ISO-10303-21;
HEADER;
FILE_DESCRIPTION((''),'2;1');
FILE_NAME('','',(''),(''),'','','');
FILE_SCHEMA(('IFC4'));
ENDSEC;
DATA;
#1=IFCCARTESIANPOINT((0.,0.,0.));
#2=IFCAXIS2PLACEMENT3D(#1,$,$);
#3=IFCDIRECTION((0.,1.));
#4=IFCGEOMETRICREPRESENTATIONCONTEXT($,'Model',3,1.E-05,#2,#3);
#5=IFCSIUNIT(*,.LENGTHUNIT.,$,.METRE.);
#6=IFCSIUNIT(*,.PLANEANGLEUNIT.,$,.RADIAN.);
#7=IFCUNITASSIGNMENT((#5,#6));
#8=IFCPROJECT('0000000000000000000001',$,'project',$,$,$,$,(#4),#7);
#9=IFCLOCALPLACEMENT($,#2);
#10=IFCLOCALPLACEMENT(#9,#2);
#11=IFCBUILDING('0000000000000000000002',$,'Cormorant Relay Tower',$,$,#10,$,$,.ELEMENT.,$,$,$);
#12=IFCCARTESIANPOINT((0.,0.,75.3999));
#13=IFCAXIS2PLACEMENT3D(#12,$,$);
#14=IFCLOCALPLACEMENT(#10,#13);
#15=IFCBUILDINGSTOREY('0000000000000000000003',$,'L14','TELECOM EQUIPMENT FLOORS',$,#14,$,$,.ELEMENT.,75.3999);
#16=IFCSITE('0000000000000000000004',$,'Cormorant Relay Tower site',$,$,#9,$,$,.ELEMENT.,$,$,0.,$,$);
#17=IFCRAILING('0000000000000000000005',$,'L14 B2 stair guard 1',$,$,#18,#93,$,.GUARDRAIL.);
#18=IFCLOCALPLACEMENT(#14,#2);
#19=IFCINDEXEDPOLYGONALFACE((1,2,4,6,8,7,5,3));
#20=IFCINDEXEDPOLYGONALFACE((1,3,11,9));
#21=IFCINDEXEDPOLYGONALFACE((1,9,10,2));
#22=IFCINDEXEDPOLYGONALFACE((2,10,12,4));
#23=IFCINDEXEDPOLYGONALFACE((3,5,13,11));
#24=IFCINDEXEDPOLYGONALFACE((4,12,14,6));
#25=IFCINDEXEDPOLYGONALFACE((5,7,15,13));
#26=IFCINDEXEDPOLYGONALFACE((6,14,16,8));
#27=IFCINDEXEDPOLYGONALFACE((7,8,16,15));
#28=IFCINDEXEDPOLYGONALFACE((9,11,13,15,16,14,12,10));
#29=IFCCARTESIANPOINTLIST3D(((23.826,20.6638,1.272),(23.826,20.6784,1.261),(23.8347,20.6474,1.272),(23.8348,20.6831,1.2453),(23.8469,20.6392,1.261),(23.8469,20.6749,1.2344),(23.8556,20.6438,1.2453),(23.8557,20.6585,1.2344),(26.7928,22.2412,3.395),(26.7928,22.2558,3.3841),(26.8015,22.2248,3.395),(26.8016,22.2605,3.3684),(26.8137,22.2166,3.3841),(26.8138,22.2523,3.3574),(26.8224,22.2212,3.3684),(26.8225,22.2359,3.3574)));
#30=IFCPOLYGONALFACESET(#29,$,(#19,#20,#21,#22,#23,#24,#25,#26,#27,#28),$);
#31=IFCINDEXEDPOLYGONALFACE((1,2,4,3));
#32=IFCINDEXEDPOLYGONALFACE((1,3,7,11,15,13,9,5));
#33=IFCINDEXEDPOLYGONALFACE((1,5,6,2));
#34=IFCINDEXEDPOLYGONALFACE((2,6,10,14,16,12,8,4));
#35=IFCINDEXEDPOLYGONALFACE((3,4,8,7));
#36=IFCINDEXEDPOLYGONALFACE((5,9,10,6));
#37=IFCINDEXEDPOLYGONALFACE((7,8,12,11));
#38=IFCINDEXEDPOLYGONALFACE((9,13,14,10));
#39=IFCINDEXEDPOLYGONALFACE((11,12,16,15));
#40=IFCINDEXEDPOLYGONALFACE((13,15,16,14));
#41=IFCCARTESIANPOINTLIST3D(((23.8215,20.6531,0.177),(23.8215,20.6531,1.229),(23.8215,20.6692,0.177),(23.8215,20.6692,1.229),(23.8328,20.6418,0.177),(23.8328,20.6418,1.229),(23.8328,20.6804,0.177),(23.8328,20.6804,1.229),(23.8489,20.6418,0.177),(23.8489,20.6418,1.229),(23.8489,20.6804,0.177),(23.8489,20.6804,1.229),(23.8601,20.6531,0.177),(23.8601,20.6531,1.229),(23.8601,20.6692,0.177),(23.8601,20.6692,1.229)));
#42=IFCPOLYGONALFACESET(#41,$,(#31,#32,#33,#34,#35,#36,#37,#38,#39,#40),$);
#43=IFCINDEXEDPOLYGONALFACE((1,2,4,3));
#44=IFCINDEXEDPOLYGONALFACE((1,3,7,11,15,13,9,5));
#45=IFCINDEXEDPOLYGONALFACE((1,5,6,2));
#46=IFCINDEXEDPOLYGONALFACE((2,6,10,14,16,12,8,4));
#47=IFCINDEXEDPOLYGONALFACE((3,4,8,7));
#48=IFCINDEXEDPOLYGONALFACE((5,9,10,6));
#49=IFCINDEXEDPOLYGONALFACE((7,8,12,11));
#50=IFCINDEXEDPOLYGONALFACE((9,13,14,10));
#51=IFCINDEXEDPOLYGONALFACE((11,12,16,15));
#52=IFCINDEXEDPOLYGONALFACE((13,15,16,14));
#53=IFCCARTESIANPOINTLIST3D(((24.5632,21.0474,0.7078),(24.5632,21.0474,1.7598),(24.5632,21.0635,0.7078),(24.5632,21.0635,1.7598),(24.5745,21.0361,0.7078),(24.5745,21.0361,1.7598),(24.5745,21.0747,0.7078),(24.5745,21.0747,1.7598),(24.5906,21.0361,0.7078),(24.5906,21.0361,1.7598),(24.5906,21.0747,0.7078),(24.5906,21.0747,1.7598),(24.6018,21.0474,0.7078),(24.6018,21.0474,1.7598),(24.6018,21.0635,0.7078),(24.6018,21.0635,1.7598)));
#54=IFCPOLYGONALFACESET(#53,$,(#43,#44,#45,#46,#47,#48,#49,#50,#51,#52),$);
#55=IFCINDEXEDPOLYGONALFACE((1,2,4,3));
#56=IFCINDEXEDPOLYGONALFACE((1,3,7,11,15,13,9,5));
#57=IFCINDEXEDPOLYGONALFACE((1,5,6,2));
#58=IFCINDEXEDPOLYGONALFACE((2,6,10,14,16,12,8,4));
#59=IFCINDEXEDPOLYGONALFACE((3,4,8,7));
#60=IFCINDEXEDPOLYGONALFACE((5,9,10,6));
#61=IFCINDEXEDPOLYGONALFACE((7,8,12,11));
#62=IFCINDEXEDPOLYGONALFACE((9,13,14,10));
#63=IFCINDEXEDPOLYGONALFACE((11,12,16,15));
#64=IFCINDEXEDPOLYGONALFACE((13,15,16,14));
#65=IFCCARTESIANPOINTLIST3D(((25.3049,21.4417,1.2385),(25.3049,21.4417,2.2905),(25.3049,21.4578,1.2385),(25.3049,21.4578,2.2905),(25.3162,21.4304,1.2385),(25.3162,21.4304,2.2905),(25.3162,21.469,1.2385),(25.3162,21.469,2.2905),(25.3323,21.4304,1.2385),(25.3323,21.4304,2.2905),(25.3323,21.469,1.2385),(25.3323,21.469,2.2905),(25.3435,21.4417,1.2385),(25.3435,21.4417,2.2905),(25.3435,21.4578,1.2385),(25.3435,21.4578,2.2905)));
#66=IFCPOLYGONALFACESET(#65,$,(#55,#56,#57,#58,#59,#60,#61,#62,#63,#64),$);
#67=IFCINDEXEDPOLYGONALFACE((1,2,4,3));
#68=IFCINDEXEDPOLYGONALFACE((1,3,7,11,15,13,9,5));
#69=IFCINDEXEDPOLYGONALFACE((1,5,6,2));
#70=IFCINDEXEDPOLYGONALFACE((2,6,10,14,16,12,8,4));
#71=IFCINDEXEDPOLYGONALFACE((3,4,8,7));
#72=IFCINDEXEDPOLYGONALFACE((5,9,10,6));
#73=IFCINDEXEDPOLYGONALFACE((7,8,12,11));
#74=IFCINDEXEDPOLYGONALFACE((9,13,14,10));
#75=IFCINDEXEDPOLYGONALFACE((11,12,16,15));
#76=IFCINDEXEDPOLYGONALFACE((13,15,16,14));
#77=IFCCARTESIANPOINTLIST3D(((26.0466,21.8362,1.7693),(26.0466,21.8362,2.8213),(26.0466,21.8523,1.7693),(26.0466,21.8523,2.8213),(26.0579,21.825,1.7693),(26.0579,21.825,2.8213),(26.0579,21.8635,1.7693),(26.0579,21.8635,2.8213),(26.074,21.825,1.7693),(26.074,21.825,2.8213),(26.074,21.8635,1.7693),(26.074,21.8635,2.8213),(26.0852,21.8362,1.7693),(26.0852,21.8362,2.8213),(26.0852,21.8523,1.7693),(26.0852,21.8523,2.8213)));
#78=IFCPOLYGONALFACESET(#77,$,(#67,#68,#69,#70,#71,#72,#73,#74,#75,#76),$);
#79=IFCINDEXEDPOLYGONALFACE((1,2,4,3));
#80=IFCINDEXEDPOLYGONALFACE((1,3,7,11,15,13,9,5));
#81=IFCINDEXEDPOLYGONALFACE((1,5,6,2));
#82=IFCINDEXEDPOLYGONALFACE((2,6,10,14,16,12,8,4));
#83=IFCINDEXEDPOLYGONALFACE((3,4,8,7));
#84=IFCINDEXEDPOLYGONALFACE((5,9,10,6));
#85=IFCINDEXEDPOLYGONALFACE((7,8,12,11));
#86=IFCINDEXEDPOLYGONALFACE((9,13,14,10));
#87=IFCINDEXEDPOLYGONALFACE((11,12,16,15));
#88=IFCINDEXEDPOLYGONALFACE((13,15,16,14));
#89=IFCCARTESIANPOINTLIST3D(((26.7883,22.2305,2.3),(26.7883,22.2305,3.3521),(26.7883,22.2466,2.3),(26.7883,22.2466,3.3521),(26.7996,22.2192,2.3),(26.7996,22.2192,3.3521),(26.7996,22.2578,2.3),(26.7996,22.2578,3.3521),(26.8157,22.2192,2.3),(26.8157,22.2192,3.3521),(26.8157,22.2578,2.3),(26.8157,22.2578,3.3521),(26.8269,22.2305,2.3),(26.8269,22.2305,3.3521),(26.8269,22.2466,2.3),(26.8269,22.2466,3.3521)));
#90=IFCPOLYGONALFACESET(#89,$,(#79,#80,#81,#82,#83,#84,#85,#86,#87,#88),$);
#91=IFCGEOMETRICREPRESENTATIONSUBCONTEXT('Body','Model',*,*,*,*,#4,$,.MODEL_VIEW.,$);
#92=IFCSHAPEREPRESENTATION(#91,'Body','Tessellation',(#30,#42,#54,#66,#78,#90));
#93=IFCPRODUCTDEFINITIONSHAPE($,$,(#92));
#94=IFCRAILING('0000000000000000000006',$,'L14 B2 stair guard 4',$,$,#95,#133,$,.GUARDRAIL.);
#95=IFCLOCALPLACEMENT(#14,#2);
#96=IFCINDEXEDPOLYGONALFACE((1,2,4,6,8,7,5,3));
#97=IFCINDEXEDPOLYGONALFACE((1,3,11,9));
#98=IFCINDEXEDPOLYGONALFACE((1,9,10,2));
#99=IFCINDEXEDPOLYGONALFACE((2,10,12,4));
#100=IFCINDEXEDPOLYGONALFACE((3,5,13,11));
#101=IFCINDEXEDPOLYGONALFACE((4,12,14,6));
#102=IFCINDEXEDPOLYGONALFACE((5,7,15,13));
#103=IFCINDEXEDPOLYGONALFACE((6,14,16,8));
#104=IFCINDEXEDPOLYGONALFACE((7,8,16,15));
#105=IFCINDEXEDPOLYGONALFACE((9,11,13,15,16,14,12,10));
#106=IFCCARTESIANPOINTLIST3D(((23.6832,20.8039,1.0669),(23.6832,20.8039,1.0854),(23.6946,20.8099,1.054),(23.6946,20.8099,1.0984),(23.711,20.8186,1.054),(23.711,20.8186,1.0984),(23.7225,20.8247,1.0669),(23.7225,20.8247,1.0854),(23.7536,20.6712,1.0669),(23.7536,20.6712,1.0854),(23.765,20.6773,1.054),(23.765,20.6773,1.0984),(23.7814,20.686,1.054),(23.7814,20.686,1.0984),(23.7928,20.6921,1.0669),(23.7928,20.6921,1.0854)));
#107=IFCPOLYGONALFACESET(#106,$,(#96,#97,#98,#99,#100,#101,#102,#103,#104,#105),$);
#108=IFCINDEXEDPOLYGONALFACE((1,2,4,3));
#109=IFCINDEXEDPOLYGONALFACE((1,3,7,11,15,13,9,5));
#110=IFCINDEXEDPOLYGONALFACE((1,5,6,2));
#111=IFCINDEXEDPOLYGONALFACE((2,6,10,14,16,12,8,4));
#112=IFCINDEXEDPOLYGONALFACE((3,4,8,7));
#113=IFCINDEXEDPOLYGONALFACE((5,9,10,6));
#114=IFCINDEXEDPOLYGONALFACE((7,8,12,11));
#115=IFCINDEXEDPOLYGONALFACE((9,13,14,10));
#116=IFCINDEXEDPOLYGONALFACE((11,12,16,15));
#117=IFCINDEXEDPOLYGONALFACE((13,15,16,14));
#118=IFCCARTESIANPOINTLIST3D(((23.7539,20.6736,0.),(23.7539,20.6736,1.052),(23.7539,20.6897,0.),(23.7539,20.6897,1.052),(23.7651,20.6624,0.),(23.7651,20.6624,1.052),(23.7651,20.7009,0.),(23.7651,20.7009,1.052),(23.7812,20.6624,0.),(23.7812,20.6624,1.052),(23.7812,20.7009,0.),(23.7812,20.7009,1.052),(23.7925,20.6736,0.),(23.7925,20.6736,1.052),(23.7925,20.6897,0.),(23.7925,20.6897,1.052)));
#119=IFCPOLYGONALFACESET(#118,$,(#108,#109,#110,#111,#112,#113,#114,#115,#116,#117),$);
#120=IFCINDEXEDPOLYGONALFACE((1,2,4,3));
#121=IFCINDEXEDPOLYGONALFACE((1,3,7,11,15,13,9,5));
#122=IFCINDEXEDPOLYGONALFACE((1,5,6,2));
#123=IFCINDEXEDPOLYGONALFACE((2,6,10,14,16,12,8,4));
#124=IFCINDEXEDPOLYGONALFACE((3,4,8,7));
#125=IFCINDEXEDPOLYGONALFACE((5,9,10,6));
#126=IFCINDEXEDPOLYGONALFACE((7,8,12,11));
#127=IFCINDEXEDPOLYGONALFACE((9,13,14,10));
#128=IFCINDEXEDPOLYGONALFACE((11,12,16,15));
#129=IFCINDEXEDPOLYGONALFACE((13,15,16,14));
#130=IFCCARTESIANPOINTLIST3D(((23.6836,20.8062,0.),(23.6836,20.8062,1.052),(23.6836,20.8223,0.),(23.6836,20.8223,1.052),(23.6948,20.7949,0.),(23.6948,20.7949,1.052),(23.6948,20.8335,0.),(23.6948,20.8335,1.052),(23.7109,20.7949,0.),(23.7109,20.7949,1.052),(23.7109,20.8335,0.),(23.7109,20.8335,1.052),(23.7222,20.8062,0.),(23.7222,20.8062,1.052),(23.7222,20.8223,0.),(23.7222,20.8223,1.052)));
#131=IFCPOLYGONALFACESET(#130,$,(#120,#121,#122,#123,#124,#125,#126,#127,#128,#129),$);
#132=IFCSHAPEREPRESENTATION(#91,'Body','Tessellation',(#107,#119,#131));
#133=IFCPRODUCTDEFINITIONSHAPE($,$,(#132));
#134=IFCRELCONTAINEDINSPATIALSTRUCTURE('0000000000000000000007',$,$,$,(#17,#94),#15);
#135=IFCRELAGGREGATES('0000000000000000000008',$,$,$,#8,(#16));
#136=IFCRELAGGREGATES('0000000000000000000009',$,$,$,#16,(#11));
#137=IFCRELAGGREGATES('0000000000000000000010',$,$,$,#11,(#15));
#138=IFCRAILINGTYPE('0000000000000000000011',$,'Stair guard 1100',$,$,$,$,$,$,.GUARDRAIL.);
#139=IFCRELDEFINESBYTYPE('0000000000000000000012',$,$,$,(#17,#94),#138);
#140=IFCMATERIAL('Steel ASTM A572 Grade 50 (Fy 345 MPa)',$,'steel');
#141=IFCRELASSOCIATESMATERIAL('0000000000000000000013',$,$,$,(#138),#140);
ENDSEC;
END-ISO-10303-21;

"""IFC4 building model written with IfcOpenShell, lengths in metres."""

from ifc_helpers import new_model, si_unit, direction, frame, origin, place, context, subcontext, project, spatial, polyline, outline, extrude, material, type_object, element, save


model = new_model("IFC4")

# Units and contexts
model_context = context("Model", 3, precision=1e-05, world=origin(), true_north=direction((0.0, 1.0)))
body_context = subcontext(model_context, "Body", "Model", "MODEL_VIEW")
ifc_project = project(units=[si_unit("LENGTHUNIT", "METRE"), si_unit("PLANEANGLEUNIT", "RADIAN")], contexts=[model_context])

# Site, building, storey
site_placement = place(None, origin())
site = spatial("IfcSite", under=ifc_project, at=site_placement, Name="Cormorant Relay Tower site", CompositionType="ELEMENT", RefElevation=0.0)
building_placement = place(site_placement, origin())
building = spatial("IfcBuilding", under=site, at=building_placement, Name="Cormorant Relay Tower", CompositionType="ELEMENT")
storey_placement = place(building_placement, frame((0.0, 0.0, 75.3999)))
storey = spatial("IfcBuildingStorey", under=building, at=storey_placement, Name="L14", Description="TELECOM EQUIPMENT FLOORS", CompositionType="ELEMENT", Elevation=75.3999)

# Railings
ifc_material_1 = material(Name="Steel ASTM A572 Grade 50 (Fy 345 MPa)", Category="steel")
railing_type_1 = type_object("IfcRailingType", Name="Stair guard 1100", PredefinedType="GUARDRAIL", material=ifc_material_1)
railing_1_placement = place(storey_placement, frame((23.8408, 20.6611, 0.177)))
element("IfcRailing", 1, at=railing_1_placement, inside=storey, type_object=railing_type_1, Name="L14 B2 stair guard 1", PredefinedType="GUARDRAIL", context=body_context, shape_type="SweptSolid", body=[
    extrude(outline(polyline([(0.0222, 0.0093), (0.0093, 0.0222), (-0.0093, 0.0222), (-0.0222, 0.0093), (-0.0222, -0.0093), (-0.0093, -0.0222), (0.0093, -0.0222), (0.0222, -0.0093), (0.0222, 0.0093)])), frame((0.0, 0.0, 1.0762), z_axis=(0.746441, 0.396869, 0.534155), x_axis=(-0.469453, 0.882958, 0.0)), (0.0, 0.0, 1.0), 3.9746),
    extrude(outline(polyline([(0.0193, 0.0081), (0.0081, 0.0193), (-0.0081, 0.0193), (-0.0193, 0.0081), (-0.0193, -0.0081), (-0.0081, -0.0193), (0.0081, -0.0193), (0.0193, -0.0081), (0.0193, 0.0081)])), origin(), (0.0, 0.0, 1.0), 1.052),
    extrude(outline(polyline([(0.0193, 0.0081), (0.0081, 0.0193), (-0.0081, 0.0193), (-0.0193, 0.0081), (-0.0193, -0.0081), (-0.0081, -0.0193), (0.0081, -0.0193), (0.0193, -0.0081), (0.0193, 0.0081)])), frame((0.7417, 0.3943, 0.5308)), (0.0, 0.0, 1.0), 1.052),
    extrude(outline(polyline([(0.0193, 0.0081), (0.0081, 0.0193), (-0.0081, 0.0193), (-0.0193, 0.0081), (-0.0193, -0.0081), (-0.0081, -0.0193), (0.0081, -0.0193), (0.0193, -0.0081), (0.0193, 0.0081)])), frame((1.4834, 0.7886, 1.0615)), (0.0, 0.0, 1.0), 1.052),
    extrude(outline(polyline([(0.0193, 0.0081), (0.0081, 0.0193), (-0.0081, 0.0193), (-0.0193, 0.0081), (-0.0193, -0.0081), (-0.0081, -0.0193), (0.0081, -0.0193), (0.0193, -0.0081), (0.0193, 0.0081)])), frame((2.2251, 1.1831, 1.5923)), (0.0, 0.0, 1.0), 1.052),
    extrude(outline(polyline([(0.0193, 0.0081), (0.0081, 0.0193), (-0.0081, 0.0193), (-0.0193, 0.0081), (-0.0193, -0.0081), (-0.0081, -0.0193), (0.0081, -0.0193), (0.0193, -0.0081), (0.0193, 0.0081)])), frame((2.9668, 1.5774, 2.123)), (0.0, 0.0, 1.0), 1.052),
])
railing_2_placement = place(storey_placement, frame((23.7732, 20.6816, 0.0)))
element("IfcRailing", 2, at=railing_2_placement, inside=storey, type_object=railing_type_1, Name="L14 B2 stair guard 4", PredefinedType="GUARDRAIL", context=body_context, shape_type="SweptSolid", body=[
    extrude(outline(polyline([(0.0222, 0.0093), (0.0093, 0.0222), (-0.0093, 0.0222), (-0.0222, 0.0093), (-0.0222, -0.0093), (-0.0093, -0.0222), (0.0093, -0.0222), (0.0222, -0.0093), (0.0222, 0.0093)])), frame((0.0, 0.0, 1.0762), z_axis=(-0.46856, 0.883431, 0.0), x_axis=(-0.883431, -0.46856, 0.0)), (0.0, 0.0, 1.0), 0.1501),
    extrude(outline(polyline([(0.0193, 0.0081), (0.0081, 0.0193), (-0.0081, 0.0193), (-0.0193, 0.0081), (-0.0193, -0.0081), (-0.0081, -0.0193), (0.0081, -0.0193), (0.0193, -0.0081), (0.0193, 0.0081)])), origin(), (0.0, 0.0, 1.0), 1.052),
    extrude(outline(polyline([(0.0193, 0.0081), (0.0081, 0.0193), (-0.0081, 0.0193), (-0.0193, 0.0081), (-0.0193, -0.0081), (-0.0081, -0.0193), (0.0081, -0.0193), (0.0193, -0.0081), (0.0193, 0.0081)])), frame((-0.0703, 0.1326, 0.0)), (0.0, 0.0, 1.0), 1.052),
])

save(model, "model.ifc")
